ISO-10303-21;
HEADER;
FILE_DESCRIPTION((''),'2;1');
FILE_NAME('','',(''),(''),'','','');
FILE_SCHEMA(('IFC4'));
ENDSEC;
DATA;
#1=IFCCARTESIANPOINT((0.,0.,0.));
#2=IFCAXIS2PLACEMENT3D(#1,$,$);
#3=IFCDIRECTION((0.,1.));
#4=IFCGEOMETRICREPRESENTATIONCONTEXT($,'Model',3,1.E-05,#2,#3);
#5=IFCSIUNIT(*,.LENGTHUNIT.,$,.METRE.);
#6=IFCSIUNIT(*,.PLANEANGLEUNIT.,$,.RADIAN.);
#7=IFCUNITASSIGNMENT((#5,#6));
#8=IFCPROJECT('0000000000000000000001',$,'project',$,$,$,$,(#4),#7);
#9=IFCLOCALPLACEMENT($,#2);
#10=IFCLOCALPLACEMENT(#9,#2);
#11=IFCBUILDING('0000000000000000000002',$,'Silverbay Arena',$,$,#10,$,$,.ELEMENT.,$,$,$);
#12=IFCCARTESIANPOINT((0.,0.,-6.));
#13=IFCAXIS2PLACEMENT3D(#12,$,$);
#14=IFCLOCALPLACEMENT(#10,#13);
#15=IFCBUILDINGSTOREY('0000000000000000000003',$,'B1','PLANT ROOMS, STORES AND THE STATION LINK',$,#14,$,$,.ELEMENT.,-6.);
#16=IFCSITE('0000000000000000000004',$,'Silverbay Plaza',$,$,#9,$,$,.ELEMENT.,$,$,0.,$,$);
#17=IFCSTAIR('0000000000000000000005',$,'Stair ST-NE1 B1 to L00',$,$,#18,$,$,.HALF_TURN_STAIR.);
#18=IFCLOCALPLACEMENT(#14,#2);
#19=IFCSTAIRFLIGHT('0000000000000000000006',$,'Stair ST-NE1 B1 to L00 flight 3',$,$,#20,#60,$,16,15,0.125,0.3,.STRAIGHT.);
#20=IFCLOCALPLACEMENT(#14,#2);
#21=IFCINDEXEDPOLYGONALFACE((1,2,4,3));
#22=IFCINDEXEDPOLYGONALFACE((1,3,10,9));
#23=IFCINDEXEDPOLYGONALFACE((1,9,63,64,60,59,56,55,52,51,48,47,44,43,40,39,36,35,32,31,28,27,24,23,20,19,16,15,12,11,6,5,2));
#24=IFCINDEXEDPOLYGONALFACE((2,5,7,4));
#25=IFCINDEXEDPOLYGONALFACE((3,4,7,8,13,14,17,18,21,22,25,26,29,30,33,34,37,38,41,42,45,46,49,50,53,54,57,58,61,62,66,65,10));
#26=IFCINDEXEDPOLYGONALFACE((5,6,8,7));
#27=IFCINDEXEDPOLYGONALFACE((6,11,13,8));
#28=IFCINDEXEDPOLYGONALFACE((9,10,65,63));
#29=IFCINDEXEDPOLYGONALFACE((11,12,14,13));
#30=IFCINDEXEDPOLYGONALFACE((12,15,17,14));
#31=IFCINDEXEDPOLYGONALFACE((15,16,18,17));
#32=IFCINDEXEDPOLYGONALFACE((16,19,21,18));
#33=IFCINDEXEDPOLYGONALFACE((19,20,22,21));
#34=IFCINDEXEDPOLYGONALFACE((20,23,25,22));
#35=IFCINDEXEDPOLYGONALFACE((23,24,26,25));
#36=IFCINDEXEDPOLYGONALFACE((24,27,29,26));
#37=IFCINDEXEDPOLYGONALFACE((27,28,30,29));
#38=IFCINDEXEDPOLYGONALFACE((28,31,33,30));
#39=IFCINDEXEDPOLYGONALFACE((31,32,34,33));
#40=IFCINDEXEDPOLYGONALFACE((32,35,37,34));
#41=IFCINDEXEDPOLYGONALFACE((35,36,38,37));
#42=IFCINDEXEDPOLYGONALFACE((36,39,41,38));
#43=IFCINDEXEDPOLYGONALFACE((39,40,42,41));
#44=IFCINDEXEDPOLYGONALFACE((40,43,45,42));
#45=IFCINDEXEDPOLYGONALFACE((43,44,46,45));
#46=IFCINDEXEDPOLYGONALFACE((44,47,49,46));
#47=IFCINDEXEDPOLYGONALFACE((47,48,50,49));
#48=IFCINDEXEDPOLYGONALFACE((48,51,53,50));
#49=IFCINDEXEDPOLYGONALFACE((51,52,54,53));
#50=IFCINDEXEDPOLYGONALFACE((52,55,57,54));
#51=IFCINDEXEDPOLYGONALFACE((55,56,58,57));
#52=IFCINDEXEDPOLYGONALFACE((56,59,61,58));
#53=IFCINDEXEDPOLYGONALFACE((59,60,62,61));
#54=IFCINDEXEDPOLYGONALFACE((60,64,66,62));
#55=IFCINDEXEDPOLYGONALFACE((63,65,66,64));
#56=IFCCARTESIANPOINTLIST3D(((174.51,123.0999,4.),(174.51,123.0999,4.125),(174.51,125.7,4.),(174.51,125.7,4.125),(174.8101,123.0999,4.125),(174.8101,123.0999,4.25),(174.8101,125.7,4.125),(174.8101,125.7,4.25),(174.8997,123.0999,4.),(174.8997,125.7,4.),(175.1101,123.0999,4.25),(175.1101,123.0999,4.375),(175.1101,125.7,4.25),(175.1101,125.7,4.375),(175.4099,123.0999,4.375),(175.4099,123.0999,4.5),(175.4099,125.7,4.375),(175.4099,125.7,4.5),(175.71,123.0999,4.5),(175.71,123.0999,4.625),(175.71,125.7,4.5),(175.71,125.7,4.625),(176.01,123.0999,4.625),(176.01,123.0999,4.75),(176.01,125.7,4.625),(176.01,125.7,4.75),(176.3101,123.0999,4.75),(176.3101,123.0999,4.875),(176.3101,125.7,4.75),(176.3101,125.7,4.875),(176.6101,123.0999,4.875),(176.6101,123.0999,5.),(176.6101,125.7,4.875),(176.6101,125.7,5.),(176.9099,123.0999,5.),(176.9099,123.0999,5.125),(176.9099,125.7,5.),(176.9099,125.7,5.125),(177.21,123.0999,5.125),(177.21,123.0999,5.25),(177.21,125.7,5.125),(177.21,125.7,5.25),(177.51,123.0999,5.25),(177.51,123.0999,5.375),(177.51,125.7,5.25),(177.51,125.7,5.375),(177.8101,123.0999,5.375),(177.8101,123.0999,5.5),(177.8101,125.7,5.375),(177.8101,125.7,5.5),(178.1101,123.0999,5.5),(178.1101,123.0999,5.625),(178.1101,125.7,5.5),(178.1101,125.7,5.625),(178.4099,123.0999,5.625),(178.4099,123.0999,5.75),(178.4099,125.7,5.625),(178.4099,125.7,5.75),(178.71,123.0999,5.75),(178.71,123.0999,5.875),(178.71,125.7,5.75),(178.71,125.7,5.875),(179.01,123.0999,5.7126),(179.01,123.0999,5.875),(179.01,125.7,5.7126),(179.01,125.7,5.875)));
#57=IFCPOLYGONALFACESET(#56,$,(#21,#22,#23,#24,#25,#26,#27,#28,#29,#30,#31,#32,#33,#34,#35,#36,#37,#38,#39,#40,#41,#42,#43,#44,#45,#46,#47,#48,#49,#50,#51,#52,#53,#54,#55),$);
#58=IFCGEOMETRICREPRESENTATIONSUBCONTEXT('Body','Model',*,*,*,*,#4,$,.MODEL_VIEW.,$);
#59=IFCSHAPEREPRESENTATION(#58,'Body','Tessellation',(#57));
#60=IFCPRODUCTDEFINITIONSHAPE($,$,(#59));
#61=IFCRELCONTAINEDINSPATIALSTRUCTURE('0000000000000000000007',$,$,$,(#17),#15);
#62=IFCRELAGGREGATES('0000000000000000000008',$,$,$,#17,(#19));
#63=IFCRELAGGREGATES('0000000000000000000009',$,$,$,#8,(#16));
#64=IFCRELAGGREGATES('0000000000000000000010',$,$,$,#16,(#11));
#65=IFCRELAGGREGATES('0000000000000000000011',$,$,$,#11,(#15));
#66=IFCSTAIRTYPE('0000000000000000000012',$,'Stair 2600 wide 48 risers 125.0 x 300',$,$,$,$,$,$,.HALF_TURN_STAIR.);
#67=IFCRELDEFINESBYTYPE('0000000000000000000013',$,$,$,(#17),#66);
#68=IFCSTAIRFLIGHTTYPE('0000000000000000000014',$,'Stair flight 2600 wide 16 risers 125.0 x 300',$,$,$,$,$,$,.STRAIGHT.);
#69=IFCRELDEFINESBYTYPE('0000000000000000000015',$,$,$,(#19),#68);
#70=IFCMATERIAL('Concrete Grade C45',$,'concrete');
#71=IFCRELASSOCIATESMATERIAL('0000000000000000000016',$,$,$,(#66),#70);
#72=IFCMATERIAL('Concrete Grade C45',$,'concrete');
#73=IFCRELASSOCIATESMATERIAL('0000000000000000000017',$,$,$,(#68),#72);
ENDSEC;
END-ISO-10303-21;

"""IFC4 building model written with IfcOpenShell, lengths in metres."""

from ifc_helpers import new_model, si_unit, direction, frame, origin, place, context, subcontext, project, spatial, polyline, outline, extrude, material, type_object, element, aggregate, save


model = new_model("IFC4")

# Units and contexts
model_context = context("Model", 3, precision=1e-05, world=origin(), true_north=direction((0.0, 1.0)))
body_context = subcontext(model_context, "Body", "Model", "MODEL_VIEW")
ifc_project = project(units=[si_unit("LENGTHUNIT", "METRE"), si_unit("PLANEANGLEUNIT", "RADIAN")], contexts=[model_context])

# Site, building, storey
site_placement = place(None, origin())
site = spatial("IfcSite", under=ifc_project, at=site_placement, Name="Silverbay Plaza", CompositionType="ELEMENT", RefElevation=0.0)
building_placement = place(site_placement, origin())
building = spatial("IfcBuilding", under=site, at=building_placement, Name="Silverbay Arena", CompositionType="ELEMENT")
storey_placement = place(building_placement, frame((0.0, 0.0, -6.0)))
storey = spatial("IfcBuildingStorey", under=building, at=storey_placement, Name="B1", Description="PLANT ROOMS, STORES AND THE STATION LINK", CompositionType="ELEMENT", Elevation=-6.0)

# Stair, stair flight
ifc_material_1 = material(Name="Concrete Grade C45", Category="concrete")
stair_type = type_object("IfcStairType", Name="Stair 2600 wide 48 risers 125.0 x 300", PredefinedType="HALF_TURN_STAIR", material=ifc_material_1)
stair_placement = place(storey_placement, origin())
stair = element("IfcStair", 1, at=stair_placement, inside=storey, type_object=stair_type, Name="Stair ST-NE1 B1 to L00", PredefinedType="HALF_TURN_STAIR")
ifc_material_2 = material(Name="Concrete Grade C45", Category="concrete")
stair_flight_type = type_object("IfcStairFlightType", Name="Stair flight 2600 wide 16 risers 125.0 x 300", PredefinedType="STRAIGHT", material=ifc_material_2)
stair_flight_1_placement = place(storey_placement, frame((174.51, 124.3999, 4.0), z_axis=(0.0, 0.0, 1.0), x_axis=(1.0, 0.0, 0.0)))
stair_flight_1 = element("IfcStairFlight", 2, at=stair_flight_1_placement, type_object=stair_flight_type, Name="Stair ST-NE1 B1 to L00 flight 3", NumberOfRisers=16, NumberOfTreads=15, PredefinedType="STRAIGHT", RiserHeight=0.125, TreadLength=0.3, context=body_context, shape_type="SweptSolid", body=[
    extrude(outline(polyline([(0.0, 0.0), (0.0, 0.125), (0.3, 0.125), (0.3, 0.25), (0.6001, 0.25), (0.6001, 0.375), (0.8999, 0.375), (0.8999, 0.5), (1.2, 0.5), (1.2, 0.625), (1.5, 0.625), (1.5, 0.75), (1.8, 0.75), (1.8, 0.875), (2.1001, 0.875), (2.1001, 1.0), (2.3999, 1.0), (2.3999, 1.125), (2.7, 1.125), (2.7, 1.25), (3.0, 1.25), (3.0, 1.375), (3.3, 1.375), (3.3, 1.5), (3.6001, 1.5), (3.6001, 1.625), (3.8999, 1.625), (3.8999, 1.75), (4.2, 1.75), (4.2, 1.875), (4.5, 1.875), (4.5, 1.7126), (0.3896, 0.0), (0.0, 0.0)])), frame((0.0, 1.3, 0.0), z_axis=(0.0, -1.0, 0.0), x_axis=(1.0, 0.0, 0.0)), (0.0, 0.0, 1.0), 2.6001),
])
aggregate(stair, [stair_flight_1])

save(model, "model.ifc")
